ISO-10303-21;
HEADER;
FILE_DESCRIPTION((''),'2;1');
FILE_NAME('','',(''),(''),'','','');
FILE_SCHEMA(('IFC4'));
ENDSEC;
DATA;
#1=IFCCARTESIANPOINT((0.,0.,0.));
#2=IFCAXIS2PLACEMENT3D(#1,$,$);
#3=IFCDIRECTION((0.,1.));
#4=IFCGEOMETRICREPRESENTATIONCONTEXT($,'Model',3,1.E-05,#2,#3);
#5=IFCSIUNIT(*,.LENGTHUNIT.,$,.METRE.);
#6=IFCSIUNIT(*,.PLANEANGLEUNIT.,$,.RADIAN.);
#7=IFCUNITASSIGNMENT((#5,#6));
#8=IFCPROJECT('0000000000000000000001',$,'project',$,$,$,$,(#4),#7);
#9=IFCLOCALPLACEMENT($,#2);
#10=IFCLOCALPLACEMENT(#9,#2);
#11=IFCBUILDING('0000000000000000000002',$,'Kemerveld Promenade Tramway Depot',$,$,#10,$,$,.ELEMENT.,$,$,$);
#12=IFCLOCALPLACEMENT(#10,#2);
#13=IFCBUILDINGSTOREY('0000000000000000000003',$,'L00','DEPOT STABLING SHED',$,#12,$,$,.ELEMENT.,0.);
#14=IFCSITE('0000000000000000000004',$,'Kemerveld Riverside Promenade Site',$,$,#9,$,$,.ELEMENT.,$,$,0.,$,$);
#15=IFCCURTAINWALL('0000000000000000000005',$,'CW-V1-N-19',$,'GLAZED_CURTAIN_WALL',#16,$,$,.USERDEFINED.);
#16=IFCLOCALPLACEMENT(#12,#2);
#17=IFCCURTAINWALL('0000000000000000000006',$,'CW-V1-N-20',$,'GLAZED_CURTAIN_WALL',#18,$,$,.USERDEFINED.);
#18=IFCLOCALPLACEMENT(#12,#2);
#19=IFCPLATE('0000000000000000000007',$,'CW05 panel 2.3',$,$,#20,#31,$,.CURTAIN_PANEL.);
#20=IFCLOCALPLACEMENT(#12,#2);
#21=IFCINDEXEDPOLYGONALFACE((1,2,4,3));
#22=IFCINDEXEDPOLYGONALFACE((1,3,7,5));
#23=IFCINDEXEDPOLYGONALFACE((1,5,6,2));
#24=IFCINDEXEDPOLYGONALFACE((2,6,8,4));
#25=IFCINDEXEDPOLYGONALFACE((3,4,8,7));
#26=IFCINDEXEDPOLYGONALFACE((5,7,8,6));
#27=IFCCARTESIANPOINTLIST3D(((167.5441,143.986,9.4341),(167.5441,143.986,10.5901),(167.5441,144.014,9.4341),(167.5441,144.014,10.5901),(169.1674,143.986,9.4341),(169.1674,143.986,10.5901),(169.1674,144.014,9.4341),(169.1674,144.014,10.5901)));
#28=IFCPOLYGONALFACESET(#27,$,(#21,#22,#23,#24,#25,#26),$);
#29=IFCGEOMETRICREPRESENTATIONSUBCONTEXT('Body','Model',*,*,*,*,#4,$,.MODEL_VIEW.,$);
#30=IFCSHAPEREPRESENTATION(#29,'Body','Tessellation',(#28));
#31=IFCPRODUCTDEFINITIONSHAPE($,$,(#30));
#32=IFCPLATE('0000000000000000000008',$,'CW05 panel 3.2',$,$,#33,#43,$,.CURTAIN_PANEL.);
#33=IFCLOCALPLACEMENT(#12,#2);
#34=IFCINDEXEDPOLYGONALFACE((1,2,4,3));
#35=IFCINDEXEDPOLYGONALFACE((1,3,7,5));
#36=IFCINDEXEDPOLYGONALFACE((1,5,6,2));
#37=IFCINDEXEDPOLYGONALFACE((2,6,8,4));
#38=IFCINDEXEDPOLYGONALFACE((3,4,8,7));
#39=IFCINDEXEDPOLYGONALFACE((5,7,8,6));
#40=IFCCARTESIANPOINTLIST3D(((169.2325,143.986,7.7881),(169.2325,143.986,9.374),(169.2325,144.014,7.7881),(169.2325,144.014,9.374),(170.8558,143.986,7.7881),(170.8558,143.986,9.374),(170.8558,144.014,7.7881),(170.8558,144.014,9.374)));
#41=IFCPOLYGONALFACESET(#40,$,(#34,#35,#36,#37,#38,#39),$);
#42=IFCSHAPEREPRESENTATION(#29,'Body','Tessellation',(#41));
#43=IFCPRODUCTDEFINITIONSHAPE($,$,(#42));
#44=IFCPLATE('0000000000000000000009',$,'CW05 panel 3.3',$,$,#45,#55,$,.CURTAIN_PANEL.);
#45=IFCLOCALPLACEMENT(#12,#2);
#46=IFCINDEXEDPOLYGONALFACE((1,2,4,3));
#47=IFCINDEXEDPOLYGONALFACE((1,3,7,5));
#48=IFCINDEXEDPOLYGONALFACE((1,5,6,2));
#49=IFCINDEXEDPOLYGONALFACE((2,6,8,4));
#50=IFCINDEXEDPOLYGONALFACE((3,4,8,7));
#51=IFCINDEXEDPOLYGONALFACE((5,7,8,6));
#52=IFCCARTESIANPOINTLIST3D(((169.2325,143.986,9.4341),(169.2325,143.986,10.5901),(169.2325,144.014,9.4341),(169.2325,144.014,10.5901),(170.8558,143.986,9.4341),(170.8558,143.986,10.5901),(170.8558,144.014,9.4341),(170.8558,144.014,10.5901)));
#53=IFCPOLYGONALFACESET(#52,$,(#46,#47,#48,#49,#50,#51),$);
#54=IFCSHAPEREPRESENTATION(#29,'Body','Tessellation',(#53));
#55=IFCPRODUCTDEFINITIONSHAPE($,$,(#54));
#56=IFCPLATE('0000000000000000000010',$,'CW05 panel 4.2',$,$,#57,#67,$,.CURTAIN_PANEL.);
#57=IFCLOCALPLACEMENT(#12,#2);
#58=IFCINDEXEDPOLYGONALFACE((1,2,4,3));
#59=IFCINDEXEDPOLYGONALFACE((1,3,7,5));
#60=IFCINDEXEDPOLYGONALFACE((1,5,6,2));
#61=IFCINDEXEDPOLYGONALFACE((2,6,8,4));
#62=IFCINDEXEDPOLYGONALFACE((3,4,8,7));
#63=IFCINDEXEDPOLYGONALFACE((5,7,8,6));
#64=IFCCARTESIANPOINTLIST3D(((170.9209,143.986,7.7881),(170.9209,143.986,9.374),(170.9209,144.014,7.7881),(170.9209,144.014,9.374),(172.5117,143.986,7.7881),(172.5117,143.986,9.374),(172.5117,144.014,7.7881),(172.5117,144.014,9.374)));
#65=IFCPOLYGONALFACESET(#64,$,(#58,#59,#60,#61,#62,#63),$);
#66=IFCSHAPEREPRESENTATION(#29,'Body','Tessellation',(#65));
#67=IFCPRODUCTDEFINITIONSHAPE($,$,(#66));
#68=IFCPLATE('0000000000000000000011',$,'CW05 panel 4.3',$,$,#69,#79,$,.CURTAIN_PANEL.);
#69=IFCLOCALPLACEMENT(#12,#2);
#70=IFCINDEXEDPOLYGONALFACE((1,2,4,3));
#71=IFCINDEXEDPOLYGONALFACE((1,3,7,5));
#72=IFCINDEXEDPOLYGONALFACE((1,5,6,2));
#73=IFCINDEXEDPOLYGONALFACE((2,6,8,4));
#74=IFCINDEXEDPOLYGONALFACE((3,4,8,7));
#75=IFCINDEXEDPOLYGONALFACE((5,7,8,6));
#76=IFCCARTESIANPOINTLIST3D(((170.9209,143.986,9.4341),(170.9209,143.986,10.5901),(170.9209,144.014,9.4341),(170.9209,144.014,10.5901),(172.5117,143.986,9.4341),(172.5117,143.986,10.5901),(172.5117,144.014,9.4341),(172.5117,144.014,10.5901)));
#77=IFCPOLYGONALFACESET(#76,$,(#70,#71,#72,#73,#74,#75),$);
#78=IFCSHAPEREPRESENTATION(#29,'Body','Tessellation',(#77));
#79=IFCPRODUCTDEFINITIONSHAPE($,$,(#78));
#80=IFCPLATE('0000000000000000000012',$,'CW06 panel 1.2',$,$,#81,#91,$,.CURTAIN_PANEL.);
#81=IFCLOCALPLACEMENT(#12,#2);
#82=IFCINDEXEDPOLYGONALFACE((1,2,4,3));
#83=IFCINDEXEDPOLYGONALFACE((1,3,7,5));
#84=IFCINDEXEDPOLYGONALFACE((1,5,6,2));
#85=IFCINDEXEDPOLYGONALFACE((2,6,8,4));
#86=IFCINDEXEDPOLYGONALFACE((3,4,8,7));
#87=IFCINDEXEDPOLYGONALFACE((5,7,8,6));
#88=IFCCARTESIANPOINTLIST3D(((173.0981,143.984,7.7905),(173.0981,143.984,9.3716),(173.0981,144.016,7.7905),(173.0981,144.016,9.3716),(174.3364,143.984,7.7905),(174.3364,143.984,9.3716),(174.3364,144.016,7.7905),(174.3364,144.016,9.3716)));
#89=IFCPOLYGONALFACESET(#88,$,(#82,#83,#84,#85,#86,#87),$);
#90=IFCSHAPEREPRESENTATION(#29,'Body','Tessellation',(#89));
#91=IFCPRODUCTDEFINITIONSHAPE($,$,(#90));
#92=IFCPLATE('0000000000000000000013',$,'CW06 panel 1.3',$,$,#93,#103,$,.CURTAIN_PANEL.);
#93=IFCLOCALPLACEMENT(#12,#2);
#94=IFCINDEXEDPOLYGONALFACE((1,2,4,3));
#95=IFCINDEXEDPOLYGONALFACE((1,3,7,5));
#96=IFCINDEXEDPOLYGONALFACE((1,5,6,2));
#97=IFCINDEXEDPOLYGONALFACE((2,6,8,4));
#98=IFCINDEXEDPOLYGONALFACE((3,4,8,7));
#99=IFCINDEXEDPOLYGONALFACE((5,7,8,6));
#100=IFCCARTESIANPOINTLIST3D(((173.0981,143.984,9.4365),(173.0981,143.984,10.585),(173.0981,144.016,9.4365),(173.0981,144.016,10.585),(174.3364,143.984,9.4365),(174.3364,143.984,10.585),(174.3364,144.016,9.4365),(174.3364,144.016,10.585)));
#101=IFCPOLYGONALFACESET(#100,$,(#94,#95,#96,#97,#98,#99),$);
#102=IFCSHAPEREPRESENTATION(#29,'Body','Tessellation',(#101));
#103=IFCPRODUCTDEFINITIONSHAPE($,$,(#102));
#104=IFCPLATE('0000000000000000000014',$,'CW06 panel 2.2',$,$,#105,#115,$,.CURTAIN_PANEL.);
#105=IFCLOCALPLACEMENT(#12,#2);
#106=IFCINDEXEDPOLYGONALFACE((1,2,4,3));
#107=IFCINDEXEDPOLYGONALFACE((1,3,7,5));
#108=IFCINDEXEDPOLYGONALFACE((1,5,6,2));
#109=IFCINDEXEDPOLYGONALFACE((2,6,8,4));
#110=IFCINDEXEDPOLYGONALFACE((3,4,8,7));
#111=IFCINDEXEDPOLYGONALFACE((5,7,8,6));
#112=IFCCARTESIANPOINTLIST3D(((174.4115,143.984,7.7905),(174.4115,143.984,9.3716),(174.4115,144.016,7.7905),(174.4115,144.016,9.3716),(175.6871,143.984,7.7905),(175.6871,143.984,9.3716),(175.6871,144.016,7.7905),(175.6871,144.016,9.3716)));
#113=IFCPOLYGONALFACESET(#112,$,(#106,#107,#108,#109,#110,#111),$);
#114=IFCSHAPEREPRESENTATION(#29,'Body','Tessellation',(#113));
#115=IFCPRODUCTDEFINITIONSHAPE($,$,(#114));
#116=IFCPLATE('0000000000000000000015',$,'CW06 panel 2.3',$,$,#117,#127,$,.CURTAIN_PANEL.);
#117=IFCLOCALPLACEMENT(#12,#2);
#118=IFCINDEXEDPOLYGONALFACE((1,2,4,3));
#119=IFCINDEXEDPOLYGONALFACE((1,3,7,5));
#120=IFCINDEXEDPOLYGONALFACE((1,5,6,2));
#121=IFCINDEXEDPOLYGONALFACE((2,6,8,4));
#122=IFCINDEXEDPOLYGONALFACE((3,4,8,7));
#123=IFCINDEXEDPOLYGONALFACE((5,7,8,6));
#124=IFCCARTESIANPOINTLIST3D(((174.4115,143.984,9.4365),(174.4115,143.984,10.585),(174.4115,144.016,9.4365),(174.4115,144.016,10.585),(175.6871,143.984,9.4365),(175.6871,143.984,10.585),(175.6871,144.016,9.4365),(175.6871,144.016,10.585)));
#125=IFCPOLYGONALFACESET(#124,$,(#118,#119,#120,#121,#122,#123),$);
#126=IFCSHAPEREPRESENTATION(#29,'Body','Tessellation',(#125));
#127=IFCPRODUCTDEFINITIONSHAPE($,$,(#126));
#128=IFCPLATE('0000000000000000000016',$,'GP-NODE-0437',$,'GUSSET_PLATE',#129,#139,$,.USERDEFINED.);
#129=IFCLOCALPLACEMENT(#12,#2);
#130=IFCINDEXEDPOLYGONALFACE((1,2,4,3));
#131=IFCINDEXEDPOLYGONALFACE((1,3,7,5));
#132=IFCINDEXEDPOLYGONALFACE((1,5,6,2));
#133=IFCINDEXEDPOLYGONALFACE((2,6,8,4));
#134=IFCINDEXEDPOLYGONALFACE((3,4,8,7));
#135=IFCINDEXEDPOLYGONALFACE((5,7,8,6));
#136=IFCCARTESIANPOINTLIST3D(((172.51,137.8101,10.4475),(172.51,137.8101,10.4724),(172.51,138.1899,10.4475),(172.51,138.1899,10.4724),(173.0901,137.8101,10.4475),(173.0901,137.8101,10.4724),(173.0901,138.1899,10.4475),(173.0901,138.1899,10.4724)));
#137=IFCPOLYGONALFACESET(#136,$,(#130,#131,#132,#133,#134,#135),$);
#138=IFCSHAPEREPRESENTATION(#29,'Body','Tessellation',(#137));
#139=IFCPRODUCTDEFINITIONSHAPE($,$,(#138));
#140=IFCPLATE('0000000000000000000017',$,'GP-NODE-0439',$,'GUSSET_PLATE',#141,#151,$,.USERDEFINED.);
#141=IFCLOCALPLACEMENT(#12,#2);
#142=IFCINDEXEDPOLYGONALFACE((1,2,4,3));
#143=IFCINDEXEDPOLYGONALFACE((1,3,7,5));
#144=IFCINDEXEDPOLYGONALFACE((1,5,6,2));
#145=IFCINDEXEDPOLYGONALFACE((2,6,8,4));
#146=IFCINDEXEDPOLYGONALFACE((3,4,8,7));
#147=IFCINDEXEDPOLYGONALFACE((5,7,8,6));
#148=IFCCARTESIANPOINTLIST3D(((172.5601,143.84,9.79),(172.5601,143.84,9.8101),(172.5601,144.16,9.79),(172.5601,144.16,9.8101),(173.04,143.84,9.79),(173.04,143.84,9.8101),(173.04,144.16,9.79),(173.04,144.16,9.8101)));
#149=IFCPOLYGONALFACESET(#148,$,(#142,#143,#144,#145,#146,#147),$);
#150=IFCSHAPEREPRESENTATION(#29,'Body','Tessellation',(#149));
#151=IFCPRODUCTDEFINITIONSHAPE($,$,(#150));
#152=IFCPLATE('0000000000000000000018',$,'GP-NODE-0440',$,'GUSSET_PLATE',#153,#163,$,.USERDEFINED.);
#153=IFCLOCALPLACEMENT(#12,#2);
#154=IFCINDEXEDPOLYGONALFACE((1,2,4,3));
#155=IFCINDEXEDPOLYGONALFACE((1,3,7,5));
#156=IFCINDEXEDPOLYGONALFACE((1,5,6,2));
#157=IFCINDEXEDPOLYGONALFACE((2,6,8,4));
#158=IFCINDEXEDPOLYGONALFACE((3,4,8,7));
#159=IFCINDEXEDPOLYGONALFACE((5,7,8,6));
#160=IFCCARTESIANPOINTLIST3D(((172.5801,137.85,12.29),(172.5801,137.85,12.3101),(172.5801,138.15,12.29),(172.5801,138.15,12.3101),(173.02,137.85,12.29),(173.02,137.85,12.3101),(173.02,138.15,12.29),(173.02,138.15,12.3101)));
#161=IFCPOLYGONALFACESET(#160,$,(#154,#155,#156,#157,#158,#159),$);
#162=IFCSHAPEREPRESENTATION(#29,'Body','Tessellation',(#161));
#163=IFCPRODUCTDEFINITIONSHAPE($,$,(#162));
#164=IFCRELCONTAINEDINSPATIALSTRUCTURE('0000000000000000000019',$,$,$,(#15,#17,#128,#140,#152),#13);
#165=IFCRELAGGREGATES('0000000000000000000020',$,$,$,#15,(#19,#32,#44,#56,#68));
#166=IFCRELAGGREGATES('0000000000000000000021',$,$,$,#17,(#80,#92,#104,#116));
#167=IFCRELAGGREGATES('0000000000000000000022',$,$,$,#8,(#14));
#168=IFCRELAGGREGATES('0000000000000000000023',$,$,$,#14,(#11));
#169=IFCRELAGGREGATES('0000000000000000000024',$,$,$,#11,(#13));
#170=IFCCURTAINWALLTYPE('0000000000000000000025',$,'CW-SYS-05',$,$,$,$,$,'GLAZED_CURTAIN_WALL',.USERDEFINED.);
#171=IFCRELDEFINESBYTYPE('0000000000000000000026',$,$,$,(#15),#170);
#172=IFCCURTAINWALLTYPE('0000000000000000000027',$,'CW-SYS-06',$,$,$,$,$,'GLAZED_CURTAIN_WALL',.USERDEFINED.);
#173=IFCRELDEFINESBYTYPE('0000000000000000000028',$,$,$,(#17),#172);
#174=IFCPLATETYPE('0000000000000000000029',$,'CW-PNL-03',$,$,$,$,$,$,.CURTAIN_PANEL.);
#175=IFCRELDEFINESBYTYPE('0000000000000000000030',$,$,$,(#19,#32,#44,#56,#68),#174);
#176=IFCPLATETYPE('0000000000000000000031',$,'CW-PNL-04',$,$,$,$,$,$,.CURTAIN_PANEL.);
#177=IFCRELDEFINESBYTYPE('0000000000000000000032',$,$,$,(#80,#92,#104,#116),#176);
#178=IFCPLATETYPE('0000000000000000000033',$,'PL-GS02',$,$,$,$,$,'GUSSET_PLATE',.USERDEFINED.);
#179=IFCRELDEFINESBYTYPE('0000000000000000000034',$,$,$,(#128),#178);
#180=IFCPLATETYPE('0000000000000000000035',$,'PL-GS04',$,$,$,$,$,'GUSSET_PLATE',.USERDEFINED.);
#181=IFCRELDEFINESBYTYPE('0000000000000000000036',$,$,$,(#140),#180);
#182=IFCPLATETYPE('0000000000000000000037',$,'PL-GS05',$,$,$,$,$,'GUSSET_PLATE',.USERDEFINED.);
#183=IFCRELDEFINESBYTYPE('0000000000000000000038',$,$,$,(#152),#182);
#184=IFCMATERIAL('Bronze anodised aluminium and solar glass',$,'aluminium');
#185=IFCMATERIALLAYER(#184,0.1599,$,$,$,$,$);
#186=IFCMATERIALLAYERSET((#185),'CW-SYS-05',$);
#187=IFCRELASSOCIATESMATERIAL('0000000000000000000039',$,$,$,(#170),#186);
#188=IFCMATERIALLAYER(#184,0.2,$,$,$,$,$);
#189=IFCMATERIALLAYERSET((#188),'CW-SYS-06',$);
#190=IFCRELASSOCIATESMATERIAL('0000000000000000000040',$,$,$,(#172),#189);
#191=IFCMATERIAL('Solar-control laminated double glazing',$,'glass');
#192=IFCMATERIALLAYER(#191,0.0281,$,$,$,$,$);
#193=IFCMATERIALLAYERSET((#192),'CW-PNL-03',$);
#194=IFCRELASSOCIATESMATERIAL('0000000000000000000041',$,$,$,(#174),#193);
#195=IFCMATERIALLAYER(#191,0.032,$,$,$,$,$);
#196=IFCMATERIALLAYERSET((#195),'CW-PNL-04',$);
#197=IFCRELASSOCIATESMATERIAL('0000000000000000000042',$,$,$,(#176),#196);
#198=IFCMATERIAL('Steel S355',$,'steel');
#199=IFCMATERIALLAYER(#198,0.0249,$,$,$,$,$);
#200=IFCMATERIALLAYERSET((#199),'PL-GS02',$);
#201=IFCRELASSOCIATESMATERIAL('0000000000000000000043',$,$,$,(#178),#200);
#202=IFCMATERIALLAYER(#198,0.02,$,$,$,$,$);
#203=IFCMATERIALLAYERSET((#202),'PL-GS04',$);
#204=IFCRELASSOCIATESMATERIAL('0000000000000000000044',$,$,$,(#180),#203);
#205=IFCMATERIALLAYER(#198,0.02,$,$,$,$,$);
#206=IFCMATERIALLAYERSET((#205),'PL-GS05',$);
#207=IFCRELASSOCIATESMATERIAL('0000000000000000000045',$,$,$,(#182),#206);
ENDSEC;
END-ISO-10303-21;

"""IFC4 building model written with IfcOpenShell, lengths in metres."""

from ifc_helpers import new_model, si_unit, direction, frame, origin, origin_2d, place, context, subcontext, project, spatial, rectangle, extrude, material, layer, layer_set, type_object, element, aggregate, save


model = new_model("IFC4")

# Units and contexts
model_context = context("Model", 3, precision=1e-05, world=origin(), true_north=direction((0.0, 1.0)))
body_context = subcontext(model_context, "Body", "Model", "MODEL_VIEW")
ifc_project = project(units=[si_unit("LENGTHUNIT", "METRE"), si_unit("PLANEANGLEUNIT", "RADIAN")], contexts=[model_context])

# Site, building, storey
site_placement = place(None, origin())
site = spatial("IfcSite", under=ifc_project, at=site_placement, Name="Kemerveld Riverside Promenade Site", CompositionType="ELEMENT", RefElevation=0.0)
building_placement = place(site_placement, origin())
building = spatial("IfcBuilding", under=site, at=building_placement, Name="Kemerveld Promenade Tramway Depot", CompositionType="ELEMENT")
storey_placement = place(building_placement, origin())
storey = spatial("IfcBuildingStorey", under=building, at=storey_placement, Name="L00", Description="DEPOT STABLING SHED", CompositionType="ELEMENT", Elevation=0.0)

# Shared definitions
ifc_material_1 = material(Name="Steel S355", Category="steel")

# Curtain walls
ifc_material_2 = material(Name="Bronze anodised aluminium and solar glass", Category="aluminium")
ifc_layer_1 = layer(ifc_material_2, 0.1599)
ifc_layer_set_1 = layer_set([ifc_layer_1], Name="CW-SYS-05")
curtain_wall_type_1 = type_object("IfcCurtainWallType", Name="CW-SYS-05", ElementType="GLAZED_CURTAIN_WALL", PredefinedType="USERDEFINED", material=ifc_layer_set_1)
curtain_wall_1_placement = place(storey_placement, origin())
curtain_wall_1 = element("IfcCurtainWall", 1, at=curtain_wall_1_placement, inside=storey, type_object=curtain_wall_type_1, Name="CW-V1-N-19", ObjectType="GLAZED_CURTAIN_WALL", PredefinedType="USERDEFINED")
ifc_layer_2 = layer(ifc_material_2, 0.2)
ifc_layer_set_2 = layer_set([ifc_layer_2], Name="CW-SYS-06")
curtain_wall_type_2 = type_object("IfcCurtainWallType", Name="CW-SYS-06", ElementType="GLAZED_CURTAIN_WALL", PredefinedType="USERDEFINED", material=ifc_layer_set_2)
curtain_wall_2_placement = place(storey_placement, origin())
curtain_wall_2 = element("IfcCurtainWall", 2, at=curtain_wall_2_placement, inside=storey, type_object=curtain_wall_type_2, Name="CW-V1-N-20", ObjectType="GLAZED_CURTAIN_WALL", PredefinedType="USERDEFINED")

# Plates
ifc_material_3 = material(Name="Solar-control laminated double glazing", Category="glass")
ifc_layer_3 = layer(ifc_material_3, 0.0281)
ifc_layer_set_3 = layer_set([ifc_layer_3], Name="CW-PNL-03")
plate_type_1 = type_object("IfcPlateType", Name="CW-PNL-03", PredefinedType="CURTAIN_PANEL", material=ifc_layer_set_3)
plate_1_placement = place(storey_placement, frame((168.3557, 144.0, 9.4341), z_axis=(0.0, 0.0, 1.0), x_axis=(1.0, 0.0, 0.0)))
plate_1 = element("IfcPlate", 3, at=plate_1_placement, type_object=plate_type_1, Name="CW05 panel 2.3", PredefinedType="CURTAIN_PANEL", context=body_context, shape_type="SweptSolid", body=[
    extrude(rectangle(XDim=1.6233, YDim=0.0281, at=origin_2d()), origin(), (0.0, 0.0, 1.0), 1.156),
])
plate_2_placement = place(storey_placement, frame((170.0442, 144.0, 7.7881), z_axis=(0.0, 0.0, 1.0), x_axis=(1.0, 0.0, 0.0)))
plate_2 = element("IfcPlate", 4, at=plate_2_placement, type_object=plate_type_1, Name="CW05 panel 3.2", PredefinedType="CURTAIN_PANEL", context=body_context, shape_type="SweptSolid", body=[
    extrude(rectangle(XDim=1.6233, YDim=0.0281, at=origin_2d()), origin(), (0.0, 0.0, 1.0), 1.5859),
])
plate_3_placement = place(storey_placement, frame((170.0442, 144.0, 9.4341), z_axis=(0.0, 0.0, 1.0), x_axis=(1.0, 0.0, 0.0)))
plate_3 = element("IfcPlate", 5, at=plate_3_placement, type_object=plate_type_1, Name="CW05 panel 3.3", PredefinedType="CURTAIN_PANEL", context=body_context, shape_type="SweptSolid", body=[
    extrude(rectangle(XDim=1.6233, YDim=0.0281, at=origin_2d()), origin(), (0.0, 0.0, 1.0), 1.156),
])
plate_4_placement = place(storey_placement, frame((171.7163, 144.0, 7.7881), z_axis=(0.0, 0.0, 1.0), x_axis=(1.0, 0.0, 0.0)))
plate_4 = element("IfcPlate", 6, at=plate_4_placement, type_object=plate_type_1, Name="CW05 panel 4.2", PredefinedType="CURTAIN_PANEL", context=body_context, shape_type="SweptSolid", body=[
    extrude(rectangle(XDim=1.5908, YDim=0.0281, at=origin_2d()), origin(), (0.0, 0.0, 1.0), 1.5859),
])
plate_5_placement = place(storey_placement, frame((171.7163, 144.0, 9.4341), z_axis=(0.0, 0.0, 1.0), x_axis=(1.0, 0.0, 0.0)))
plate_5 = element("IfcPlate", 7, at=plate_5_placement, type_object=plate_type_1, Name="CW05 panel 4.3", PredefinedType="CURTAIN_PANEL", context=body_context, shape_type="SweptSolid", body=[
    extrude(rectangle(XDim=1.5908, YDim=0.0281, at=origin_2d()), origin(), (0.0, 0.0, 1.0), 1.156),
])
aggregate(curtain_wall_1, [plate_1, plate_2, plate_3, plate_4, plate_5])
ifc_layer_4 = layer(ifc_material_3, 0.032)
ifc_layer_set_4 = layer_set([ifc_layer_4], Name="CW-PNL-04")
plate_type_2 = type_object("IfcPlateType", Name="CW-PNL-04", PredefinedType="CURTAIN_PANEL", material=ifc_layer_set_4)
plate_6_placement = place(storey_placement, frame((173.7173, 144.0, 7.7905), z_axis=(0.0, 0.0, 1.0), x_axis=(1.0, 0.0, 0.0)))
plate_6 = element("IfcPlate", 8, at=plate_6_placement, type_object=plate_type_2, Name="CW06 panel 1.2", PredefinedType="CURTAIN_PANEL", context=body_context, shape_type="SweptSolid", body=[
    extrude(rectangle(XDim=1.2383, YDim=0.032, at=origin_2d()), origin(), (0.0, 0.0, 1.0), 1.5811),
])
plate_7_placement = place(storey_placement, frame((173.7173, 144.0, 9.4365), z_axis=(0.0, 0.0, 1.0), x_axis=(1.0, 0.0, 0.0)))
plate_7 = element("IfcPlate", 9, at=plate_7_placement, type_object=plate_type_2, Name="CW06 panel 1.3", PredefinedType="CURTAIN_PANEL", context=body_context, shape_type="SweptSolid", body=[
    extrude(rectangle(XDim=1.2383, YDim=0.032, at=origin_2d()), origin(), (0.0, 0.0, 1.0), 1.1484),
])
plate_8_placement = place(storey_placement, frame((175.0493, 144.0, 7.7905), z_axis=(0.0, 0.0, 1.0), x_axis=(1.0, 0.0, 0.0)))
plate_8 = element("IfcPlate", 10, at=plate_8_placement, type_object=plate_type_2, Name="CW06 panel 2.2", PredefinedType="CURTAIN_PANEL", context=body_context, shape_type="SweptSolid", body=[
    extrude(rectangle(XDim=1.2756, YDim=0.032, at=origin_2d()), origin(), (0.0, 0.0, 1.0), 1.5811),
])
plate_9_placement = place(storey_placement, frame((175.0493, 144.0, 9.4365), z_axis=(0.0, 0.0, 1.0), x_axis=(1.0, 0.0, 0.0)))
plate_9 = element("IfcPlate", 11, at=plate_9_placement, type_object=plate_type_2, Name="CW06 panel 2.3", PredefinedType="CURTAIN_PANEL", context=body_context, shape_type="SweptSolid", body=[
    extrude(rectangle(XDim=1.2756, YDim=0.032, at=origin_2d()), origin(), (0.0, 0.0, 1.0), 1.1484),
])
aggregate(curtain_wall_2, [plate_6, plate_7, plate_8, plate_9])

# Plates
ifc_layer_5 = layer(ifc_material_1, 0.0249)
ifc_layer_set_5 = layer_set([ifc_layer_5], Name="PL-GS02")
plate_type_3 = type_object("IfcPlateType", Name="PL-GS02", ElementType="GUSSET_PLATE", PredefinedType="USERDEFINED", material=ifc_layer_set_5)
plate_10_placement = place(storey_placement, frame((172.8, 138.0, 10.4475), z_axis=(0.0, 0.0, 1.0), x_axis=(1.0, 0.0, 0.0)))
element("IfcPlate", 12, at=plate_10_placement, inside=storey, type_object=plate_type_3, Name="GP-NODE-0437", ObjectType="GUSSET_PLATE", PredefinedType="USERDEFINED", context=body_context, shape_type="SweptSolid", body=[
    extrude(rectangle(XDim=0.5801, YDim=0.3799, at=origin_2d()), origin(), (0.0, 0.0, 1.0), 0.0249),
])
ifc_layer_6 = layer(ifc_material_1, 0.02)
ifc_layer_set_6 = layer_set([ifc_layer_6], Name="PL-GS04")
plate_type_4 = type_object("IfcPlateType", Name="PL-GS04", ElementType="GUSSET_PLATE", PredefinedType="USERDEFINED", material=ifc_layer_set_6)
plate_11_placement = place(storey_placement, frame((172.8, 144.0, 9.79), z_axis=(0.0, 0.0, 1.0), x_axis=(1.0, 0.0, 0.0)))
element("IfcPlate", 13, at=plate_11_placement, inside=storey, type_object=plate_type_4, Name="GP-NODE-0439", ObjectType="GUSSET_PLATE", PredefinedType="USERDEFINED", context=body_context, shape_type="SweptSolid", body=[
    extrude(rectangle(XDim=0.48, YDim=0.3201, at=origin_2d()), origin(), (0.0, 0.0, 1.0), 0.02),
])
ifc_layer_7 = layer(ifc_material_1, 0.02)
ifc_layer_set_7 = layer_set([ifc_layer_7], Name="PL-GS05")
plate_type_5 = type_object("IfcPlateType", Name="PL-GS05", ElementType="GUSSET_PLATE", PredefinedType="USERDEFINED", material=ifc_layer_set_7)
plate_12_placement = place(storey_placement, frame((172.8, 138.0, 12.29), z_axis=(0.0, 0.0, 1.0), x_axis=(1.0, 0.0, 0.0)))
element("IfcPlate", 14, at=plate_12_placement, inside=storey, type_object=plate_type_5, Name="GP-NODE-0440", ObjectType="GUSSET_PLATE", PredefinedType="USERDEFINED", context=body_context, shape_type="SweptSolid", body=[
    extrude(rectangle(XDim=0.4399, YDim=0.3, at=origin_2d()), origin(), (0.0, 0.0, 1.0), 0.02),
])

save(model, "model.ifc")
